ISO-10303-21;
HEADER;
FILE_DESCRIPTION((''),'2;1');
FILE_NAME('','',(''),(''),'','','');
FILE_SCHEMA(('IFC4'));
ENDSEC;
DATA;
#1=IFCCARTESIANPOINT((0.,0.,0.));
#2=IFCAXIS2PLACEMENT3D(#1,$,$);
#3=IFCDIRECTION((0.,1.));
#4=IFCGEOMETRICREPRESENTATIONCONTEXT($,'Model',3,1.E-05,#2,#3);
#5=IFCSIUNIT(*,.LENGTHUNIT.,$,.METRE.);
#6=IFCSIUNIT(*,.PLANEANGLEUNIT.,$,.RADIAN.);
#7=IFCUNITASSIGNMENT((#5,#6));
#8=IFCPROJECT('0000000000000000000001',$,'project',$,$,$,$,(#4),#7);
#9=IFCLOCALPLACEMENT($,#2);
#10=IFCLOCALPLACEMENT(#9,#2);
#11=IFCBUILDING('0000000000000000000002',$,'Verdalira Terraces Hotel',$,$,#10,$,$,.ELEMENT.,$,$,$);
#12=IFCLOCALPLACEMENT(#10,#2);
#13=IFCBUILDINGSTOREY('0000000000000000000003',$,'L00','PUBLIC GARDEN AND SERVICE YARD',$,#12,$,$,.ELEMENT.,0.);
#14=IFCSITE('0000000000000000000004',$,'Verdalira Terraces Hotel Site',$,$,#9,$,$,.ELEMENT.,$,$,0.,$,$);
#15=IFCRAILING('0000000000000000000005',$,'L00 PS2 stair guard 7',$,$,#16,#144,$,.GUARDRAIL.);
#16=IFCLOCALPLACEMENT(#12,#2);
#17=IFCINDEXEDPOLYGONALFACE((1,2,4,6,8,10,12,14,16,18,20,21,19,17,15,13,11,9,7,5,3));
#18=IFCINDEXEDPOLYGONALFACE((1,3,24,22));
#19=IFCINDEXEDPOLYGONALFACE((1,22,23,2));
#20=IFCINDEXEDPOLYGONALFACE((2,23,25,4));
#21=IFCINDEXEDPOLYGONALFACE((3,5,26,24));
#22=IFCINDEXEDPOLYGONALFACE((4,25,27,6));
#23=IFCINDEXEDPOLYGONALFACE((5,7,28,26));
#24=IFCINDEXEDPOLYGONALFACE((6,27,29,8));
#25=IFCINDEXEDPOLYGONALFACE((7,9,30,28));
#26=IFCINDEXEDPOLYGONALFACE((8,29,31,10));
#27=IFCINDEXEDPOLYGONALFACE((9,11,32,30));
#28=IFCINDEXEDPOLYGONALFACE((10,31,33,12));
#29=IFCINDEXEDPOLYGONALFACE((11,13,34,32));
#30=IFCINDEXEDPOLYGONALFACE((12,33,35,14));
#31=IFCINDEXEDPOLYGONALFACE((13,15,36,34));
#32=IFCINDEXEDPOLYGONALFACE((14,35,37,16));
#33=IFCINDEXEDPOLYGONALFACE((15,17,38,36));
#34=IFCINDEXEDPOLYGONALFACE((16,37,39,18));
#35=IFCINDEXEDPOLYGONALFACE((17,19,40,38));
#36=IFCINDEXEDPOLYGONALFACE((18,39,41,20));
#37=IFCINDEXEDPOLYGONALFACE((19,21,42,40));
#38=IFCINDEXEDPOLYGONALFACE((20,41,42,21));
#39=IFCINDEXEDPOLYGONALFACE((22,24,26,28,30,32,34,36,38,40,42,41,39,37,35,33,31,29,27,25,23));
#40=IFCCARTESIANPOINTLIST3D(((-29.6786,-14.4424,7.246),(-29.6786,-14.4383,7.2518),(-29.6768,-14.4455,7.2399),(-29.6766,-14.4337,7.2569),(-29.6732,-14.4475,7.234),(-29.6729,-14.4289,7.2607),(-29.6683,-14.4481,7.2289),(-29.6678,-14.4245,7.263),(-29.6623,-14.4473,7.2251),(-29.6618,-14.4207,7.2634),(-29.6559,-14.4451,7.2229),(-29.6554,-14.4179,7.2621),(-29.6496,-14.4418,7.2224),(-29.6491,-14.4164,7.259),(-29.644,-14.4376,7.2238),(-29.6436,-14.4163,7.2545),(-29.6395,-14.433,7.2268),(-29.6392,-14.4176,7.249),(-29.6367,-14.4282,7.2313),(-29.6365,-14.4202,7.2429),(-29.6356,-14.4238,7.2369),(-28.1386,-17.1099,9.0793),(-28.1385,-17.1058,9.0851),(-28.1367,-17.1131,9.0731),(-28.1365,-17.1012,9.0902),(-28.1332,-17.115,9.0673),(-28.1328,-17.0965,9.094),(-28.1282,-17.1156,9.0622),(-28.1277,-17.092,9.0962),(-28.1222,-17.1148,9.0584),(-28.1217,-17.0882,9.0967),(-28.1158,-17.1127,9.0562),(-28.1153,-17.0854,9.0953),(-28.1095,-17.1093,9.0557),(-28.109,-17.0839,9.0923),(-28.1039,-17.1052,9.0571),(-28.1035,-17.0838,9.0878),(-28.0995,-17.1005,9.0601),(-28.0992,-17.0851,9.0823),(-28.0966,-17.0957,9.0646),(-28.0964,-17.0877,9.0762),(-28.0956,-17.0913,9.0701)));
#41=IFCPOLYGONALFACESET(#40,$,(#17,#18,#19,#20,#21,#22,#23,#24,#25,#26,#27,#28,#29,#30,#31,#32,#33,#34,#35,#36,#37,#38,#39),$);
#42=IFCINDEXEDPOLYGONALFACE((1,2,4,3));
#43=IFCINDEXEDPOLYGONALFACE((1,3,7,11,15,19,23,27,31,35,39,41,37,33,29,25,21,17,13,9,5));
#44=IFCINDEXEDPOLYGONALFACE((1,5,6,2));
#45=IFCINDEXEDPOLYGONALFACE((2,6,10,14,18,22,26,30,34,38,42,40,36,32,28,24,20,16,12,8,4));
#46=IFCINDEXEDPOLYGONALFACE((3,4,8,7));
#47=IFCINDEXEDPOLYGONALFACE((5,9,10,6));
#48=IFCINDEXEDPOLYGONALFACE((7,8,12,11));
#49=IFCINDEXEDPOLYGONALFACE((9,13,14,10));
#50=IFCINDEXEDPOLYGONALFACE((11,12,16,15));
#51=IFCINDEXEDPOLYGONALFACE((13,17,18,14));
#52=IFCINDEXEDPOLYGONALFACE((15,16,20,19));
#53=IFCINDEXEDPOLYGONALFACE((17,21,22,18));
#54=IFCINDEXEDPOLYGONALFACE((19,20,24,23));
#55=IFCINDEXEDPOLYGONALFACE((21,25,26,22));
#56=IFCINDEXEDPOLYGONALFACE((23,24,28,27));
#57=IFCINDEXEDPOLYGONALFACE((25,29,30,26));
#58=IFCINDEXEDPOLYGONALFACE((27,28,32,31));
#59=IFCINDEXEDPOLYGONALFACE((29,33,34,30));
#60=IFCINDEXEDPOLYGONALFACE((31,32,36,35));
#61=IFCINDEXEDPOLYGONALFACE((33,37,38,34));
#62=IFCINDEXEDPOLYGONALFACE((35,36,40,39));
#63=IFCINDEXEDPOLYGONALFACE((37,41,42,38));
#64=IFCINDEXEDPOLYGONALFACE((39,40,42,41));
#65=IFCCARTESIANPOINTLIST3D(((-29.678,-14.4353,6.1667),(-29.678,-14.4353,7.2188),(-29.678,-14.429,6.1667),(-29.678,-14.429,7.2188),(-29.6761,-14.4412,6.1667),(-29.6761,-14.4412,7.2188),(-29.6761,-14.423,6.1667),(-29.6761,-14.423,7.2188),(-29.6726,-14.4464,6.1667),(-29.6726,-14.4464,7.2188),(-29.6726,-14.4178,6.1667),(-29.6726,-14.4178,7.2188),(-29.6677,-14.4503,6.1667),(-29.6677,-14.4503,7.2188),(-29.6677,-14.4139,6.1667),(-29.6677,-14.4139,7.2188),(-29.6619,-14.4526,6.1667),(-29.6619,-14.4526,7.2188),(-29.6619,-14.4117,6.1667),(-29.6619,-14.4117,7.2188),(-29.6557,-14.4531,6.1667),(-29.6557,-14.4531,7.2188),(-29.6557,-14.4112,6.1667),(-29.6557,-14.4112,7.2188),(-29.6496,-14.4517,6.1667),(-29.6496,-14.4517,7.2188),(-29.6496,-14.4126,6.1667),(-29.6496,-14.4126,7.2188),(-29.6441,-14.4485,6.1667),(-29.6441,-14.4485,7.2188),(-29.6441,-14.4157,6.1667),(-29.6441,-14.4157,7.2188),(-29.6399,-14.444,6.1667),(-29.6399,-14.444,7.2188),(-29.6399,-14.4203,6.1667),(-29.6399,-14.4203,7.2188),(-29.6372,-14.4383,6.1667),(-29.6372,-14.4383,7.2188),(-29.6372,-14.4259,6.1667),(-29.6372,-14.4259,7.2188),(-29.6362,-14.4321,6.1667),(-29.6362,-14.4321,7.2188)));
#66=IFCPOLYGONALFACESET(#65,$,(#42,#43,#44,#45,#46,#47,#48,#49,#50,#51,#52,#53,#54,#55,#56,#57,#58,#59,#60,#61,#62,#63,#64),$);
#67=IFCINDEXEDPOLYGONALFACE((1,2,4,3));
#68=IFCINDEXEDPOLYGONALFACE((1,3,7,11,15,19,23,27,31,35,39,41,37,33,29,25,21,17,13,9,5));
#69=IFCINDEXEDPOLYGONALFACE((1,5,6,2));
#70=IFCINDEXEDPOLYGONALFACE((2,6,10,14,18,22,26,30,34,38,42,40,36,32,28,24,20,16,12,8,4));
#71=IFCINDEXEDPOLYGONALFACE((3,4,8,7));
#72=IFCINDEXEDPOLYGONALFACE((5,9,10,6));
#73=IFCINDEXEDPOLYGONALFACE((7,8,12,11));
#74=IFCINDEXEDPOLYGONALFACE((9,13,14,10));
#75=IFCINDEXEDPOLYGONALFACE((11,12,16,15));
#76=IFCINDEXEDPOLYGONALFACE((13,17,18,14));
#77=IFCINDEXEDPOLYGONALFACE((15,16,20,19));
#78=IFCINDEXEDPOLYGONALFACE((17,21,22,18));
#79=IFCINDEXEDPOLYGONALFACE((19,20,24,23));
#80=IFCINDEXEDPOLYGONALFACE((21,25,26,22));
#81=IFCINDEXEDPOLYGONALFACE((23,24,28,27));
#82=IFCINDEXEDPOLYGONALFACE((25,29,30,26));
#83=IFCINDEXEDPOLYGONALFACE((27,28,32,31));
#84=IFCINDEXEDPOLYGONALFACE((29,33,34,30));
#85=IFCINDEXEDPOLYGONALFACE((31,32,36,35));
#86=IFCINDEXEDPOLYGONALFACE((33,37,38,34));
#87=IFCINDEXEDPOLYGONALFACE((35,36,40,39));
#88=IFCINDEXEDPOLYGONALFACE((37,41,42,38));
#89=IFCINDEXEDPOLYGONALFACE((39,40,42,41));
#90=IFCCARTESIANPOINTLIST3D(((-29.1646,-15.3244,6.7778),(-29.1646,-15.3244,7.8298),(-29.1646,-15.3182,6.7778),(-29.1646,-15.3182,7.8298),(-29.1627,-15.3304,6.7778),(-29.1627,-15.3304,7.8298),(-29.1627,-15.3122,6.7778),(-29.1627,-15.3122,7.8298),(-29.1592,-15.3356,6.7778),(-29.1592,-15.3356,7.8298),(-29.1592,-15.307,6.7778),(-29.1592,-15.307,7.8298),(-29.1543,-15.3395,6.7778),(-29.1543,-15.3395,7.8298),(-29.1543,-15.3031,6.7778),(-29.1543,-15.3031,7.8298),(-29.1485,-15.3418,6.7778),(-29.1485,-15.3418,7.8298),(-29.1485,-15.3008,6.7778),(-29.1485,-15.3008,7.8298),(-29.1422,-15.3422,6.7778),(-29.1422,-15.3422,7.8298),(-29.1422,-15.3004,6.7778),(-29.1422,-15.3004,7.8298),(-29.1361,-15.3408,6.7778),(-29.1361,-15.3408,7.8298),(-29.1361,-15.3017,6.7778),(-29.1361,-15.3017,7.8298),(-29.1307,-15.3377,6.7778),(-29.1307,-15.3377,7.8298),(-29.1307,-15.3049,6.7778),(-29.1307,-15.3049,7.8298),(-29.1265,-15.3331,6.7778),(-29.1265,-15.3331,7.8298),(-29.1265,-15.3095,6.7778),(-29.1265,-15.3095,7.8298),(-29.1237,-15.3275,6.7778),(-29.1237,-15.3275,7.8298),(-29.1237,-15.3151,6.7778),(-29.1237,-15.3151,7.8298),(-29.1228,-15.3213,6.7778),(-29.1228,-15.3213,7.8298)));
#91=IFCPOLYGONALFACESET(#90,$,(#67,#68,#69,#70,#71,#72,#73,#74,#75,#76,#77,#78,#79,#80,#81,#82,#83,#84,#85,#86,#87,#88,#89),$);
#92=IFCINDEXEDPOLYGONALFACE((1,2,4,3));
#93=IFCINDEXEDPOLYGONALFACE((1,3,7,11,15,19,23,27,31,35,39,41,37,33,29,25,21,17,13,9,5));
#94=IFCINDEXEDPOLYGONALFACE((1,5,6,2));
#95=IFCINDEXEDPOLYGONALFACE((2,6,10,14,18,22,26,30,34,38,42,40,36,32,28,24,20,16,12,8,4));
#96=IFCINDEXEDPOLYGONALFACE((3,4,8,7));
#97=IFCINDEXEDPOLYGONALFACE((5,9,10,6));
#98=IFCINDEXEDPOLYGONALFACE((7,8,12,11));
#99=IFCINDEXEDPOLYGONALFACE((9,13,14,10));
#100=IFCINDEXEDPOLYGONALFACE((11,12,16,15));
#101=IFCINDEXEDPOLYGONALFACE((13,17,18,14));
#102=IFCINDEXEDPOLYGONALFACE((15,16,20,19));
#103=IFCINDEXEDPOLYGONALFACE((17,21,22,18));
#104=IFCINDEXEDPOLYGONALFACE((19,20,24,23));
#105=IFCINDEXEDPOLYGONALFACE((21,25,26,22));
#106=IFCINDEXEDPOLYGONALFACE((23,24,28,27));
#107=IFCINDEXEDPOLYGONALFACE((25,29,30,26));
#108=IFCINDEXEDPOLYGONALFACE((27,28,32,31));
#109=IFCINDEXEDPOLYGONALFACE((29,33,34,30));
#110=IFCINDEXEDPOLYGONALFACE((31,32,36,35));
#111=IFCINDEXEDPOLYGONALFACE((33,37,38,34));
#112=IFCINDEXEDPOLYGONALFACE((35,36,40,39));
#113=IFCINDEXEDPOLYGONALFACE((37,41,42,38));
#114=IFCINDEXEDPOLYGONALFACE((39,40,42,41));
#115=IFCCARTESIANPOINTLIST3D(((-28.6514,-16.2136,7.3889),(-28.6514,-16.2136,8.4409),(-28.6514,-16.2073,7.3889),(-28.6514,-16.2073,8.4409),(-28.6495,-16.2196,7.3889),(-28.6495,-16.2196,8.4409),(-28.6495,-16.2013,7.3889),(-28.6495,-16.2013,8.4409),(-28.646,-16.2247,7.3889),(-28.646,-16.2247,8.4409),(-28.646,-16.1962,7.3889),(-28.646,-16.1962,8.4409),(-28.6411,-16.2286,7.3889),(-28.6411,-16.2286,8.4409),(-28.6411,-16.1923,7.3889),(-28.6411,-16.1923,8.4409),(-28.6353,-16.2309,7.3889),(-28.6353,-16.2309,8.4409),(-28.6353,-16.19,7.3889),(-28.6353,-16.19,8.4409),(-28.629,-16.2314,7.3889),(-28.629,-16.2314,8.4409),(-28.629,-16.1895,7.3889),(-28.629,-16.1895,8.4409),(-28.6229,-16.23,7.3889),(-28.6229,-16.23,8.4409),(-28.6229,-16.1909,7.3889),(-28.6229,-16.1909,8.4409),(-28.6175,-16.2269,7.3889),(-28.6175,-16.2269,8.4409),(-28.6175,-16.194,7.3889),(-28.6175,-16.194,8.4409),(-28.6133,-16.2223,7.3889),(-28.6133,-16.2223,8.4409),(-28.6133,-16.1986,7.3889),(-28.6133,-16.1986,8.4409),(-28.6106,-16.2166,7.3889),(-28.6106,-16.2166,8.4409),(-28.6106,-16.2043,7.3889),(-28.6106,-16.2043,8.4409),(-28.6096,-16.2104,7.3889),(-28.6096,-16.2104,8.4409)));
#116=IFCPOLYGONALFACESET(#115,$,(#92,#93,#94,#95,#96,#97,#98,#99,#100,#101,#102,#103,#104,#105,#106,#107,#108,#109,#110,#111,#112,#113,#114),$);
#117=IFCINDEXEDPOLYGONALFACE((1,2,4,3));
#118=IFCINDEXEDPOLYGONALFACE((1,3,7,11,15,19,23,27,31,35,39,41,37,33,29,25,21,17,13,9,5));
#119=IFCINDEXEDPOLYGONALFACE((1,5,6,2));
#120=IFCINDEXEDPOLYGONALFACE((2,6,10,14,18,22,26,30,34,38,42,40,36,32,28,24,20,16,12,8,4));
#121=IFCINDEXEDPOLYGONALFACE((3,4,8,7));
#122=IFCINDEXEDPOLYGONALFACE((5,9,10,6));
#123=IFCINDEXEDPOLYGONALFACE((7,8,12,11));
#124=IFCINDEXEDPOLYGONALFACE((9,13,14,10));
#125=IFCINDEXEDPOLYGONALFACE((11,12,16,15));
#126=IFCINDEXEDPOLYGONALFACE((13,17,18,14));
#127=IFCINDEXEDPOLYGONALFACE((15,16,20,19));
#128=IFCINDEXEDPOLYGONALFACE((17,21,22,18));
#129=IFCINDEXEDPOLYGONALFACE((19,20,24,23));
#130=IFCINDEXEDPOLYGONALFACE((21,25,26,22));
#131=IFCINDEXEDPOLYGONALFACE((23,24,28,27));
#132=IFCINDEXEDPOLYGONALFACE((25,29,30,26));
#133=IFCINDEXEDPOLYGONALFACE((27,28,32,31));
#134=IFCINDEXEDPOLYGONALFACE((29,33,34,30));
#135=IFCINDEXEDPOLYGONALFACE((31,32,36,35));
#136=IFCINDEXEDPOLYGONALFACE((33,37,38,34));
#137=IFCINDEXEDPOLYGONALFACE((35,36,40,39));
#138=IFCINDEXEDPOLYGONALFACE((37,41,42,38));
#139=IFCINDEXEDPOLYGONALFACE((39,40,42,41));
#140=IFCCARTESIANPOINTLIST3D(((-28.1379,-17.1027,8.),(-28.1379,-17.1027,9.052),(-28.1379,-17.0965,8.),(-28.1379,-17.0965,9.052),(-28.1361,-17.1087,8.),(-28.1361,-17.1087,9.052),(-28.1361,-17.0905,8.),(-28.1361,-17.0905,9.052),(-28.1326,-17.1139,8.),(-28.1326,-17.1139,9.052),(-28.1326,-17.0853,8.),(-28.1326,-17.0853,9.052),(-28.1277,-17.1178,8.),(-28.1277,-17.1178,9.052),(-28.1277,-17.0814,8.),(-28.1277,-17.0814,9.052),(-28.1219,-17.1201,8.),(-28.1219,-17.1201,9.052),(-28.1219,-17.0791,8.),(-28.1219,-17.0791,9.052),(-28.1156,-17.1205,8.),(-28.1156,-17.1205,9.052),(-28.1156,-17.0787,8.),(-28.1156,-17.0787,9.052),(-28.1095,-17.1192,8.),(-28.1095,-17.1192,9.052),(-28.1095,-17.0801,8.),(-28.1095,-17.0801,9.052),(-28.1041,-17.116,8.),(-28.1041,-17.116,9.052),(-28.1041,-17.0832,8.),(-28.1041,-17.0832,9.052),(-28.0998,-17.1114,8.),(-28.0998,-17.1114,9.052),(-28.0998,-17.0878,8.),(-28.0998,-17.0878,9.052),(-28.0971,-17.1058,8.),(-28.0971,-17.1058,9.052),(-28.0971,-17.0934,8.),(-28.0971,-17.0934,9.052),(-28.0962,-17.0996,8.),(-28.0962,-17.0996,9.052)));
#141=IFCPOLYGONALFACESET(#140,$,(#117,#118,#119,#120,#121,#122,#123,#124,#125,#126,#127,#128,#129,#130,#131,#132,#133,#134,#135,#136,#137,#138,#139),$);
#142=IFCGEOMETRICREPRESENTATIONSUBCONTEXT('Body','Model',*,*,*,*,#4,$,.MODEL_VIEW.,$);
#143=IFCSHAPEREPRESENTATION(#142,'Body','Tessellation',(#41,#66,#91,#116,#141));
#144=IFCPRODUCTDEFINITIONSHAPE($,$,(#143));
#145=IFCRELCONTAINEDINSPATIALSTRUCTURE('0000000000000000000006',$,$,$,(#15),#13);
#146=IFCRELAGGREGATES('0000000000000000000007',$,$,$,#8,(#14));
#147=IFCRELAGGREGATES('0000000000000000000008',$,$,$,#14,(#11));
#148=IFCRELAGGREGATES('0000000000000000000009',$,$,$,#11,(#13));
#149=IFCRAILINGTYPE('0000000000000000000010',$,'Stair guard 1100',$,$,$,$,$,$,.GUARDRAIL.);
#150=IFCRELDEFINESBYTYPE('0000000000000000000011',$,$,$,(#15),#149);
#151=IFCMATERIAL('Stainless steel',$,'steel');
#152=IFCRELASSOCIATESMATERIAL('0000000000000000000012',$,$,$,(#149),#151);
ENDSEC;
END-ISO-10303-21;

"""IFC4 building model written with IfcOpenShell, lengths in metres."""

from ifc_helpers import new_model, si_unit, direction, frame, origin, origin_2d, place, context, subcontext, project, spatial, circle, extrude, material, type_object, element, save


model = new_model("IFC4")

# Units and contexts
model_context = context("Model", 3, precision=1e-05, world=origin(), true_north=direction((0.0, 1.0)))
body_context = subcontext(model_context, "Body", "Model", "MODEL_VIEW")
ifc_project = project(units=[si_unit("LENGTHUNIT", "METRE"), si_unit("PLANEANGLEUNIT", "RADIAN")], contexts=[model_context])

# Site, building, storey
site_placement = place(None, origin())
site = spatial("IfcSite", under=ifc_project, at=site_placement, Name="Verdalira Terraces Hotel Site", CompositionType="ELEMENT", RefElevation=0.0)
building_placement = place(site_placement, origin())
building = spatial("IfcBuilding", under=site, at=building_placement, Name="Verdalira Terraces Hotel", CompositionType="ELEMENT")
storey_placement = place(building_placement, origin())
storey = spatial("IfcBuildingStorey", under=building, at=storey_placement, Name="L00", Description="PUBLIC GARDEN AND SERVICE YARD", CompositionType="ELEMENT", Elevation=0.0)

# Railing
ifc_material_1 = material(Name="Stainless steel", Category="steel")
railing_type = type_object("IfcRailingType", Name="Stair guard 1100", PredefinedType="GUARDRAIL", material=ifc_material_1)
railing_1_placement = place(storey_placement, frame((-29.6572, -14.4321, 6.1667)))
element("IfcRailing", 1, at=railing_1_placement, inside=storey, type_object=railing_type, Name="L00 PS2 stair guard 7", PredefinedType="GUARDRAIL", context=body_context, shape_type="SweptSolid", body=[
    extrude(circle(Radius=0.0239, at=origin_2d()), frame((0.0, 0.0, 1.0762), z_axis=(0.429649, -0.74419, 0.511452), x_axis=(0.86603, 0.499992, 0.0)), (0.0, 0.0, 1.0), 3.5845),
    extrude(circle(Radius=0.021, at=origin_2d()), origin(), (0.0, 0.0, 1.0), 1.052),
    extrude(circle(Radius=0.021, at=origin_2d()), frame((0.5134, -0.8892, 0.6111)), (0.0, 0.0, 1.0), 1.052),
    extrude(circle(Radius=0.021, at=origin_2d()), frame((1.0266, -1.7783, 1.2222)), (0.0, 0.0, 1.0), 1.052),
    extrude(circle(Radius=0.021, at=origin_2d()), frame((1.54, -2.6675, 1.8333)), (0.0, 0.0, 1.0), 1.052),
])

save(model, "model.ifc")
